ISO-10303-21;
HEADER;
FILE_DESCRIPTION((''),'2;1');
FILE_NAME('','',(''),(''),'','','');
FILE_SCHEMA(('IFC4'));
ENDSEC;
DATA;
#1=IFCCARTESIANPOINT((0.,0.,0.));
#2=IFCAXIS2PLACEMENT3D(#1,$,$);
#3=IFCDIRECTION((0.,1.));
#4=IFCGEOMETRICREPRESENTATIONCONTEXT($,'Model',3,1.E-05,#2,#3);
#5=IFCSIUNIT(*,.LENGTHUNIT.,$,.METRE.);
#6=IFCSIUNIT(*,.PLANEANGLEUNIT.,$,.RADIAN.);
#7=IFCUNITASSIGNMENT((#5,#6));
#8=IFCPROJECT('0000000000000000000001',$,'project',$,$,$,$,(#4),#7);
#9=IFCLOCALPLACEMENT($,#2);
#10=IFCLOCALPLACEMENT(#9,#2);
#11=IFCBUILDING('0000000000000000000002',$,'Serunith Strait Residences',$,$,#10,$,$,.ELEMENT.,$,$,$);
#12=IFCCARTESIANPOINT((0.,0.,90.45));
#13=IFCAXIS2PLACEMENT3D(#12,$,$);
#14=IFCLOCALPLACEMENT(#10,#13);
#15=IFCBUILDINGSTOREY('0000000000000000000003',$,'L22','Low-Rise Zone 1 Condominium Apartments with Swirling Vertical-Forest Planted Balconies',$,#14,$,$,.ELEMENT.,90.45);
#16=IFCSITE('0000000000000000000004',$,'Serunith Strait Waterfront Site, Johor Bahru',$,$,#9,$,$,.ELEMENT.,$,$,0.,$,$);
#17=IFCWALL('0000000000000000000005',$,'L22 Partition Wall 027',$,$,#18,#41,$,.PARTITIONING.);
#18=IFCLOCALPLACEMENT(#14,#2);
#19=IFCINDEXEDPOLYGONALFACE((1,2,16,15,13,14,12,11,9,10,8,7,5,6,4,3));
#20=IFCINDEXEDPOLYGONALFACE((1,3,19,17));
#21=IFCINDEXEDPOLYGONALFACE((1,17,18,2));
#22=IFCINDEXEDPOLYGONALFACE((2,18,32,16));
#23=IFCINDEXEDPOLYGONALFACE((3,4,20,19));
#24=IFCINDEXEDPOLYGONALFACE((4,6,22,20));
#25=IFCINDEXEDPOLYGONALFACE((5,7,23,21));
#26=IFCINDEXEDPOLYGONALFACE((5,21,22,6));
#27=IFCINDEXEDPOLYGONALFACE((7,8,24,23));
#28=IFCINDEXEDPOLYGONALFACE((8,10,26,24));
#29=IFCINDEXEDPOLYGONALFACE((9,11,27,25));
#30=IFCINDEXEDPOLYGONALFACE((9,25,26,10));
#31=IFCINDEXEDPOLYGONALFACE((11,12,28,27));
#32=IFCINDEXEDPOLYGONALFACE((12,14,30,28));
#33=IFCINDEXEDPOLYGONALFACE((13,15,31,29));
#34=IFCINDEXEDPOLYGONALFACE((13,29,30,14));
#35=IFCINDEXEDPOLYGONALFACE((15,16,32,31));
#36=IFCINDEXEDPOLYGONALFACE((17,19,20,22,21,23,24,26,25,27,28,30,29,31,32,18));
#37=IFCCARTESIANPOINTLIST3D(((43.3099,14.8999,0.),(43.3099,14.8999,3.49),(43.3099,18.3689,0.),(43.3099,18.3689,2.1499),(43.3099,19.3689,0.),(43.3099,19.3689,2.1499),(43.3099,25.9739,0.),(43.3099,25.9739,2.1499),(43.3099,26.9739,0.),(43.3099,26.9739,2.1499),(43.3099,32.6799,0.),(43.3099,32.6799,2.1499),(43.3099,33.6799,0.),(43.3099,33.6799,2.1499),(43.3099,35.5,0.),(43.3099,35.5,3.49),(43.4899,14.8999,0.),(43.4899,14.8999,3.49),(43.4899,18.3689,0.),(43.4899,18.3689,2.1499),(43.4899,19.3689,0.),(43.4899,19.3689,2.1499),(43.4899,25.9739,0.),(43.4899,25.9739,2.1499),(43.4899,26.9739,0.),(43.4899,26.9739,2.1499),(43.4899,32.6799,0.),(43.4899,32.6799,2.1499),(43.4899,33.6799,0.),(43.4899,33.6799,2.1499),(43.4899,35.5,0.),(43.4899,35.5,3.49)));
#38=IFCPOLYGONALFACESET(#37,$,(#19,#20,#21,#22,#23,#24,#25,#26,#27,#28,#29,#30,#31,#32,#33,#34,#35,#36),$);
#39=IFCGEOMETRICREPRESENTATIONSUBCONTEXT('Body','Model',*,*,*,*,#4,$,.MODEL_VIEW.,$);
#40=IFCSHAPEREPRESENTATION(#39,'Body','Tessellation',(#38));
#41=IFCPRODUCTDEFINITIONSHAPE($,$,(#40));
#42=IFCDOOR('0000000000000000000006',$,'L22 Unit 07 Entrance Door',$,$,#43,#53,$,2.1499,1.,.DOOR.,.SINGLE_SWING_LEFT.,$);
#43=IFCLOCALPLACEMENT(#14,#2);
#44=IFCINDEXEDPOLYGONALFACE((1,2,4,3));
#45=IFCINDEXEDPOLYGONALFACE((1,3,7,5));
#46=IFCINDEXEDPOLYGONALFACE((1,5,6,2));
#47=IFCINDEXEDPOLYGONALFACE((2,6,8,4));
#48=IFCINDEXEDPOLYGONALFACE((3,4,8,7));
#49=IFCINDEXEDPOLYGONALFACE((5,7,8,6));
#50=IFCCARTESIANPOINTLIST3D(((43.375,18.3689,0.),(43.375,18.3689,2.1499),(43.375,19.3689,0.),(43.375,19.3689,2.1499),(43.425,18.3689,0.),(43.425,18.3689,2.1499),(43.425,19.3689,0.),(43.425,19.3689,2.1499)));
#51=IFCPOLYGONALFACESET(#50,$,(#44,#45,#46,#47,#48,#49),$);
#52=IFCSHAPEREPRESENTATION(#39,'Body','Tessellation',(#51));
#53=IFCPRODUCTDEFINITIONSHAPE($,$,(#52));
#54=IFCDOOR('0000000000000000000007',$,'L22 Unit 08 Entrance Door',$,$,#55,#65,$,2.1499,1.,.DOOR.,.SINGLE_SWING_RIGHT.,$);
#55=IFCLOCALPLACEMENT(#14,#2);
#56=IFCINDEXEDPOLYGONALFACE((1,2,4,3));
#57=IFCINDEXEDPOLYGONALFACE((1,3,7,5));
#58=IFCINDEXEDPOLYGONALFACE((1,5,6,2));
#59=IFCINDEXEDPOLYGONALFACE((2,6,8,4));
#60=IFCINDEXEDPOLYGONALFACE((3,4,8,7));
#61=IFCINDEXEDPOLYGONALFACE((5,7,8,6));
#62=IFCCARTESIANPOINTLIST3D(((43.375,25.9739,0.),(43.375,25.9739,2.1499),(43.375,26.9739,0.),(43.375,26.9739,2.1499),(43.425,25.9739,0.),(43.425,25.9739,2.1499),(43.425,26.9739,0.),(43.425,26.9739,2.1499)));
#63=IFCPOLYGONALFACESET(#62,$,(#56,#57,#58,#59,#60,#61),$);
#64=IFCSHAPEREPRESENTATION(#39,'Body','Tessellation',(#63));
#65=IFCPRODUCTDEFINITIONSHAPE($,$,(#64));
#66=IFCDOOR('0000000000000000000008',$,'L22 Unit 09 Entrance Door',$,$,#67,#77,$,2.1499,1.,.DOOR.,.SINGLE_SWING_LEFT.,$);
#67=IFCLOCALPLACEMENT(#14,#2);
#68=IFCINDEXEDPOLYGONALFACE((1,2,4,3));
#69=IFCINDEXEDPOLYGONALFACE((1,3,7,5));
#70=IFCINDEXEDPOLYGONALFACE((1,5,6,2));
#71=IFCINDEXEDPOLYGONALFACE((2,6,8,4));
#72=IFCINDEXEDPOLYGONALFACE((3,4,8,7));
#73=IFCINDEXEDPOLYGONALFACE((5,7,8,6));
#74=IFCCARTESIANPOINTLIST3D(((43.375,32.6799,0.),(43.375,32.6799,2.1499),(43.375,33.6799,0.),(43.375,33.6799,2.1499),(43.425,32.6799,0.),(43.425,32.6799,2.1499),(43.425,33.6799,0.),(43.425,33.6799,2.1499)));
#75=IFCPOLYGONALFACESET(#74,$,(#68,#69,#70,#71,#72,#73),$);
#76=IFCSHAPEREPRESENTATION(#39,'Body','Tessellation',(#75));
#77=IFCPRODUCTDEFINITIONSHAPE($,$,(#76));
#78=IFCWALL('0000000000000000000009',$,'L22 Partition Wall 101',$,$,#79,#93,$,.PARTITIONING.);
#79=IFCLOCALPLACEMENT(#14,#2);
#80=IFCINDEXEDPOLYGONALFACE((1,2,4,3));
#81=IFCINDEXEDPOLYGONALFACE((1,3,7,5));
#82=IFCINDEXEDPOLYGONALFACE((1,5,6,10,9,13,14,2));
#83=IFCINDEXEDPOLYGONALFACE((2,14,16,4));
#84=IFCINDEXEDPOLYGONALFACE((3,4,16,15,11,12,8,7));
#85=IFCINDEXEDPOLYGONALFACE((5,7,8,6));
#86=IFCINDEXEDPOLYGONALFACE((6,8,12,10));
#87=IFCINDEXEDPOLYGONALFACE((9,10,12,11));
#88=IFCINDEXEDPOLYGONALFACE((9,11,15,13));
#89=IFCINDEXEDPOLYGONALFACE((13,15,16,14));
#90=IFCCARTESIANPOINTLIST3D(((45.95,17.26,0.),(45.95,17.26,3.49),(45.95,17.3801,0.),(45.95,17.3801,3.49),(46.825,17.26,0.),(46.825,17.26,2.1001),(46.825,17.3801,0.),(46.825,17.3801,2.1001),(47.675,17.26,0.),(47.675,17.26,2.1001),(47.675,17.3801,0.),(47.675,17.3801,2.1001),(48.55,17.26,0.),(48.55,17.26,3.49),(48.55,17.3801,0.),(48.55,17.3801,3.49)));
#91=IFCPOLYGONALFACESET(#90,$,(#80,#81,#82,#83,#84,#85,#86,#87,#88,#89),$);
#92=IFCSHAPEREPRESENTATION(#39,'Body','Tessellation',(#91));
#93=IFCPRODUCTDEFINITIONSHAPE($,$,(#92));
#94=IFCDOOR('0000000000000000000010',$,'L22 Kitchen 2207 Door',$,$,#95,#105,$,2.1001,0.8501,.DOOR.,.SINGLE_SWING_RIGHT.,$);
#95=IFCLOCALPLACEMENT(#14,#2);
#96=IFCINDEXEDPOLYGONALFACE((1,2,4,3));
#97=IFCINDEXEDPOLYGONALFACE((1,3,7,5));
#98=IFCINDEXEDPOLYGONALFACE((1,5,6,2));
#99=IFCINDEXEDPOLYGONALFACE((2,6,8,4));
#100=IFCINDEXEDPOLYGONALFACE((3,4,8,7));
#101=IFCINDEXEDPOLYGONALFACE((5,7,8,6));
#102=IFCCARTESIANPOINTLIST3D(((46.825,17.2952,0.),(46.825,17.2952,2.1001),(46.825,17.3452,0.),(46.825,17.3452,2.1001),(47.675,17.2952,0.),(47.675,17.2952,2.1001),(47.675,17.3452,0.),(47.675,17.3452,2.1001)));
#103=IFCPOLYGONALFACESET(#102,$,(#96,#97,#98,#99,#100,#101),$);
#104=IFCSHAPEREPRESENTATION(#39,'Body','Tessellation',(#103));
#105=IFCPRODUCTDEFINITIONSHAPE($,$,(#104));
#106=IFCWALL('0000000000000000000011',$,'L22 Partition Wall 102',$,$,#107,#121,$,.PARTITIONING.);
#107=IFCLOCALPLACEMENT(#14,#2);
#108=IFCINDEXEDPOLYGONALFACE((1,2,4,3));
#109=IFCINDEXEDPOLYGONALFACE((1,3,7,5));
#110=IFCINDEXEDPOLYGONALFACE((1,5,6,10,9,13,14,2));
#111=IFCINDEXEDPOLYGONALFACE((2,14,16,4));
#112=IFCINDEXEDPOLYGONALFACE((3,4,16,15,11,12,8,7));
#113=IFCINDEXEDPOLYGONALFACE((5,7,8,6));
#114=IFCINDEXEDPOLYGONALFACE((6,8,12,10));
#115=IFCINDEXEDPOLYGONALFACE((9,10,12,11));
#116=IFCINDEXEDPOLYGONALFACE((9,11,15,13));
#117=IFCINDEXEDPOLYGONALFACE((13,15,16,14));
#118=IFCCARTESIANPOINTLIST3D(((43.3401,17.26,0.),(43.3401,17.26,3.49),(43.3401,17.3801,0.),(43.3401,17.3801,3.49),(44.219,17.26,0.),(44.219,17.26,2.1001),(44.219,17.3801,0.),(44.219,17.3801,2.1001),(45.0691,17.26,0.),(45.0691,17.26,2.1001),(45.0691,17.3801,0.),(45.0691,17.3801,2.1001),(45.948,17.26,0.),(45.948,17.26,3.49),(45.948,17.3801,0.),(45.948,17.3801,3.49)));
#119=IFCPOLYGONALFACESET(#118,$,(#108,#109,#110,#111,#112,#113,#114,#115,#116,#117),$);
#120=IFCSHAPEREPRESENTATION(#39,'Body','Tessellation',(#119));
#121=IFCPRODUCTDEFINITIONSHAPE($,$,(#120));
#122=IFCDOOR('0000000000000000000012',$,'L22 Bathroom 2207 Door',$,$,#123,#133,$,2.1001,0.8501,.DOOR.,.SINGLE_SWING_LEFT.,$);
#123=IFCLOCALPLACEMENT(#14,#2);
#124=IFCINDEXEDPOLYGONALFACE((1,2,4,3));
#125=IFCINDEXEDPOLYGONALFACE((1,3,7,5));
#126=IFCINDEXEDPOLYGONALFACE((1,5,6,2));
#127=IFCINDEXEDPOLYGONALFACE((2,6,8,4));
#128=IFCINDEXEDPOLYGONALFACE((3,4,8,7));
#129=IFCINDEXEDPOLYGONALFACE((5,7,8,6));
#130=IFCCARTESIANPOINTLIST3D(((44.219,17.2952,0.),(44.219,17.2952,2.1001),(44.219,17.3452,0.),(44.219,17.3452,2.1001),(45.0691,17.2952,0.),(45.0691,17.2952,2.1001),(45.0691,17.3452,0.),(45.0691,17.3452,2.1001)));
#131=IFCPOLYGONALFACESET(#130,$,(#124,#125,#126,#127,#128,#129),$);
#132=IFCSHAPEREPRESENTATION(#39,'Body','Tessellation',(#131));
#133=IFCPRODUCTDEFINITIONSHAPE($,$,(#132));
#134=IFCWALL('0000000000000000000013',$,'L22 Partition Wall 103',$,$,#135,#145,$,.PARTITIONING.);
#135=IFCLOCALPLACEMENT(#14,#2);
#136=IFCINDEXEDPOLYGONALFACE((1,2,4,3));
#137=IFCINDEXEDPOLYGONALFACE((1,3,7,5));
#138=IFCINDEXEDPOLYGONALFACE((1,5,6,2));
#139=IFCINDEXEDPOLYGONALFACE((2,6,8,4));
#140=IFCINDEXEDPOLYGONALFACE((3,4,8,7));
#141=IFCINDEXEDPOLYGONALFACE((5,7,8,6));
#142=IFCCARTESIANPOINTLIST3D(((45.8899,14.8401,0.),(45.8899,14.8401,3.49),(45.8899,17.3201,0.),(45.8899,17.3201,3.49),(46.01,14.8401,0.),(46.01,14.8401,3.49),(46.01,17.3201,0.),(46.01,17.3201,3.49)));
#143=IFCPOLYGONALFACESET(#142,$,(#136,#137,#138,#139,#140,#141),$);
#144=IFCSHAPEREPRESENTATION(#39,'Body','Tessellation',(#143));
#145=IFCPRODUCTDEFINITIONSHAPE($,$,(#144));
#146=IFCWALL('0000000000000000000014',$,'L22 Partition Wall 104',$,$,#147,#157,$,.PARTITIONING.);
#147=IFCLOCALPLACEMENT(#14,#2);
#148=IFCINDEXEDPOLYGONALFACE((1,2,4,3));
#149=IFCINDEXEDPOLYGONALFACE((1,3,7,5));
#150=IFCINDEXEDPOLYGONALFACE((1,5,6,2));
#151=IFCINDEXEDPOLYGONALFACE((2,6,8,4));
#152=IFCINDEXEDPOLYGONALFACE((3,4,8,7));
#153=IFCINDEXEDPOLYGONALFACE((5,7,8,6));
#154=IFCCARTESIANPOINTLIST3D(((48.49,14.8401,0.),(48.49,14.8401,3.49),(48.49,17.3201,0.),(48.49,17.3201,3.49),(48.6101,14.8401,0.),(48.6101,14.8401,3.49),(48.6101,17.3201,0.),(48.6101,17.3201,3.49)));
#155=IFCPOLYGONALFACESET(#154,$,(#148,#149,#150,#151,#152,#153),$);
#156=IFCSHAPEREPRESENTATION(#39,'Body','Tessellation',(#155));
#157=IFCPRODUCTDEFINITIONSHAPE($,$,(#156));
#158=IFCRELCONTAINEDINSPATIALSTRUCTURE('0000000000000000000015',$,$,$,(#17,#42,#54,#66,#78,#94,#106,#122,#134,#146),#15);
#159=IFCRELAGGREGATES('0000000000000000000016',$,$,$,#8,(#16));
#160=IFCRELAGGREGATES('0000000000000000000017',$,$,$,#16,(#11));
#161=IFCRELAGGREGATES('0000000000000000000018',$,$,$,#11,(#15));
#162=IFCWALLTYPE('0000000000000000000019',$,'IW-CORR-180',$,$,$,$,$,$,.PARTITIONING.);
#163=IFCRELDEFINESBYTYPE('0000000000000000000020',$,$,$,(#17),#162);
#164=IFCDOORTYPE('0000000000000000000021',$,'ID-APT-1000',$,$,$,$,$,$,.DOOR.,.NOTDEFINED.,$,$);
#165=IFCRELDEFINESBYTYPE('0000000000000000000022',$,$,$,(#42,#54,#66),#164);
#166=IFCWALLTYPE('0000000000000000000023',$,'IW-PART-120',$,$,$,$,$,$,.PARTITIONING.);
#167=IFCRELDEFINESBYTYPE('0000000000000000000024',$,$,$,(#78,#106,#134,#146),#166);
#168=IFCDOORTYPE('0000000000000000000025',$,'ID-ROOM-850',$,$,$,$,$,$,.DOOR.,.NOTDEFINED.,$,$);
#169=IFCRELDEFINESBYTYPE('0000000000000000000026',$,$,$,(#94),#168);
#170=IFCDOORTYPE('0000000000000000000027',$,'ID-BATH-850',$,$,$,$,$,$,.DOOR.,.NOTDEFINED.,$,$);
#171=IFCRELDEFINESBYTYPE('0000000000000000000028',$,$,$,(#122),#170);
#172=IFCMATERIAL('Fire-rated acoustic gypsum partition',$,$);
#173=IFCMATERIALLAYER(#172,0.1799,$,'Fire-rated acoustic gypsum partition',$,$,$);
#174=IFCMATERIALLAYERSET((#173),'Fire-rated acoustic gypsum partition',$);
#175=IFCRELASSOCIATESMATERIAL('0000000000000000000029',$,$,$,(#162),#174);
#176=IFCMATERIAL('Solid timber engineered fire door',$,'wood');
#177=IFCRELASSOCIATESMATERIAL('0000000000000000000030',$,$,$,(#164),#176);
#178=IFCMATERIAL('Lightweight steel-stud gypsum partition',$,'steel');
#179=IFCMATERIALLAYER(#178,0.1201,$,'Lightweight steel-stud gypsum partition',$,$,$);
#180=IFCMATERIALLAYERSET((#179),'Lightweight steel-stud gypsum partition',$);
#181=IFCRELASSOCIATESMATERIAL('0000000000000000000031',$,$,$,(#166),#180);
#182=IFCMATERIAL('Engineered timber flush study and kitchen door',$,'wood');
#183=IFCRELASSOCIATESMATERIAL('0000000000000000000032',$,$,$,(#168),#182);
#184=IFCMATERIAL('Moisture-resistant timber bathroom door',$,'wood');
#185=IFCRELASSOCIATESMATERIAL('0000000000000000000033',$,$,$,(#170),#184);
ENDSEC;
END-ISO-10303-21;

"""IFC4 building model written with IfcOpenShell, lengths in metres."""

from ifc_helpers import new_model, si_unit, direction, frame, frame_2d, origin, place, context, subcontext, project, spatial, rectangle, extrude, source, transform, mapped, material, layer, layer_set, type_object, element, fill, save


model = new_model("IFC4")

# Units and contexts
model_context = context("Model", 3, precision=1e-05, world=origin(), true_north=direction((0.0, 1.0)))
body_context = subcontext(model_context, "Body", "Model", "MODEL_VIEW")
ifc_project = project(units=[si_unit("LENGTHUNIT", "METRE"), si_unit("PLANEANGLEUNIT", "RADIAN")], contexts=[model_context])

# Site, building, storey
site_placement = place(None, origin())
site = spatial("IfcSite", under=ifc_project, at=site_placement, Name="Serunith Strait Waterfront Site, Johor Bahru", CompositionType="ELEMENT", RefElevation=0.0)
building_placement = place(site_placement, origin())
building = spatial("IfcBuilding", under=site, at=building_placement, Name="Serunith Strait Residences", CompositionType="ELEMENT")
storey_placement = place(building_placement, frame((0.0, 0.0, 90.45)))
storey = spatial("IfcBuildingStorey", under=building, at=storey_placement, Name="L22", Description="Low-Rise Zone 1 Condominium Apartments with Swirling Vertical-Forest Planted Balconies", CompositionType="ELEMENT", Elevation=90.45)

# Wall, openings, doors
ifc_material_1 = material(Name="Fire-rated acoustic gypsum partition")
ifc_layer_1 = layer(ifc_material_1, 0.1799, Name="Fire-rated acoustic gypsum partition")
ifc_layer_set_1 = layer_set([ifc_layer_1], Name="Fire-rated acoustic gypsum partition")
wall_type_1 = type_object("IfcWallType", Name="IW-CORR-180", PredefinedType="PARTITIONING", material=ifc_layer_set_1)
wall_1_placement = place(storey_placement, frame((43.3999, 14.8999, 0.0), z_axis=(0.0, 0.0, 1.0), x_axis=(0.0, 1.0, 0.0)))
wall_1 = element("IfcWall", 1, at=wall_1_placement, inside=storey, type_object=wall_type_1, Name="L22 Partition Wall 027", PredefinedType="PARTITIONING", context=body_context, shape_type="SweptSolid", body=[
    extrude(rectangle(XDim=20.6001, YDim=0.1799, at=frame_2d((10.3, 0.0))), origin(), (0.0, 0.0, 1.0), 3.49),
])
opening_1_placement = place(wall_1_placement, frame((3.469, 0.0, 0.0)))
opening_1 = element("IfcOpeningElement", 2, at=opening_1_placement, cuts=wall_1, PredefinedType="OPENING", context=body_context, shape_type="SweptSolid", body=[
    extrude(rectangle(XDim=1.0, YDim=2.1499, at=frame_2d((0.5, 1.075))), frame((0.0, 0.1001, 0.0), z_axis=(0.0, -1.0, 0.0), x_axis=(1.0, 0.0, 0.0)), (0.0, 0.0, 1.0), 0.2),
])
opening_2_placement = place(wall_1_placement, frame((11.074, 0.0, 0.0)))
opening_2 = element("IfcOpeningElement", 3, at=opening_2_placement, cuts=wall_1, PredefinedType="OPENING", context=body_context, shape_type="SweptSolid", body=[
    extrude(rectangle(XDim=1.0, YDim=2.1499, at=frame_2d((0.5, 1.075))), frame((0.0, 0.1001, 0.0), z_axis=(0.0, -1.0, 0.0), x_axis=(1.0, 0.0, 0.0)), (0.0, 0.0, 1.0), 0.2),
])
opening_3_placement = place(wall_1_placement, frame((17.78, 0.0, 0.0)))
opening_3 = element("IfcOpeningElement", 4, at=opening_3_placement, cuts=wall_1, PredefinedType="OPENING", context=body_context, shape_type="SweptSolid", body=[
    extrude(rectangle(XDim=1.0, YDim=2.1499, at=frame_2d((0.5, 1.075))), frame((0.0, 0.1001, 0.0), z_axis=(0.0, -1.0, 0.0), x_axis=(1.0, 0.0, 0.0)), (0.0, 0.0, 1.0), 0.2),
])
ifc_material_2 = material(Name="Solid timber engineered fire door", Category="wood")
door_type_1 = type_object("IfcDoorType", Name="ID-APT-1000", OperationType="NOTDEFINED", PredefinedType="DOOR", material=ifc_material_2)
shared_shape_1 = source(origin(), body_context, "Body", "SweptSolid", [
    extrude(rectangle(XDim=1.0, YDim=2.1499, at=frame_2d((0.5, 1.075))), frame((0.0, 0.0249, 0.0), z_axis=(0.0, -1.0, 0.0), x_axis=(1.0, 0.0, 0.0)), (0.0, 0.0, 1.0), 0.05),
])
door_1_placement = place(opening_1_placement, origin())
door_1 = element("IfcDoor", 5, at=door_1_placement, inside=storey, type_object=door_type_1, Name="L22 Unit 07 Entrance Door", OperationType="SINGLE_SWING_LEFT", OverallHeight=2.1499, OverallWidth=1.0, PredefinedType="DOOR", context=body_context, shape_type="MappedRepresentation", body=[
    mapped(shared_shape_1, transform((0.0, 0.0, 0.0), scale=1.0)),
])
fill(opening_1, door_1)
door_2_placement = place(opening_2_placement, origin())
door_2 = element("IfcDoor", 6, at=door_2_placement, inside=storey, type_object=door_type_1, Name="L22 Unit 08 Entrance Door", OperationType="SINGLE_SWING_RIGHT", OverallHeight=2.1499, OverallWidth=1.0, PredefinedType="DOOR", context=body_context, shape_type="MappedRepresentation", body=[
    mapped(shared_shape_1, transform((0.0, 0.0, 0.0), scale=1.0)),
])
fill(opening_2, door_2)
door_3_placement = place(opening_3_placement, origin())
door_3 = element("IfcDoor", 7, at=door_3_placement, inside=storey, type_object=door_type_1, Name="L22 Unit 09 Entrance Door", OperationType="SINGLE_SWING_LEFT", OverallHeight=2.1499, OverallWidth=1.0, PredefinedType="DOOR", context=body_context, shape_type="MappedRepresentation", body=[
    mapped(shared_shape_1, transform((0.0, 0.0, 0.0), scale=1.0)),
])
fill(opening_3, door_3)

# Walls, openings, doors
ifc_material_3 = material(Name="Lightweight steel-stud gypsum partition", Category="steel")
ifc_layer_2 = layer(ifc_material_3, 0.1201, Name="Lightweight steel-stud gypsum partition")
ifc_layer_set_2 = layer_set([ifc_layer_2], Name="Lightweight steel-stud gypsum partition")
wall_type_2 = type_object("IfcWallType", Name="IW-PART-120", PredefinedType="PARTITIONING", material=ifc_layer_set_2)
wall_2_placement = place(storey_placement, frame((48.55, 17.3201, 0.0), z_axis=(0.0, 0.0, 1.0), x_axis=(-1.0, 0.0, 0.0)))
wall_2 = element("IfcWall", 8, at=wall_2_placement, inside=storey, type_object=wall_type_2, Name="L22 Partition Wall 101", PredefinedType="PARTITIONING", context=body_context, shape_type="SweptSolid", body=[
    extrude(rectangle(XDim=2.6001, YDim=0.1201, at=frame_2d((1.3, 0.0))), origin(), (0.0, 0.0, 1.0), 3.49),
])
opening_4_placement = place(wall_2_placement, frame((0.875, 0.0, 0.0)))
opening_4 = element("IfcOpeningElement", 9, at=opening_4_placement, cuts=wall_2, PredefinedType="OPENING", context=body_context, shape_type="SweptSolid", body=[
    extrude(rectangle(XDim=0.8501, YDim=2.1001, at=frame_2d((0.425, 1.05))), frame((0.0, 0.0701, 0.0), z_axis=(0.0, -1.0, 0.0), x_axis=(1.0, 0.0, 0.0)), (0.0, 0.0, 1.0), 0.1401),
])
ifc_material_4 = material(Name="Engineered timber flush study and kitchen door", Category="wood")
door_type_2 = type_object("IfcDoorType", Name="ID-ROOM-850", OperationType="NOTDEFINED", PredefinedType="DOOR", material=ifc_material_4)
shared_shape_2 = source(origin(), body_context, "Body", "SweptSolid", [
    extrude(rectangle(XDim=0.8501, YDim=2.1001, at=frame_2d((0.425, 1.05))), frame((0.0, 0.0249, 0.0), z_axis=(0.0, -1.0, 0.0), x_axis=(1.0, 0.0, 0.0)), (0.0, 0.0, 1.0), 0.05),
])
door_4_placement = place(opening_4_placement, origin())
door_4 = element("IfcDoor", 10, at=door_4_placement, inside=storey, type_object=door_type_2, Name="L22 Kitchen 2207 Door", OperationType="SINGLE_SWING_RIGHT", OverallHeight=2.1001, OverallWidth=0.8501, PredefinedType="DOOR", context=body_context, shape_type="MappedRepresentation", body=[
    mapped(shared_shape_2, transform((0.0, 0.0, 0.0), scale=1.0)),
])
fill(opening_4, door_4)
wall_3_placement = place(storey_placement, frame((45.948, 17.3201, 0.0), z_axis=(0.0, 0.0, 1.0), x_axis=(-1.0, 0.0, 0.0)))
wall_3 = element("IfcWall", 11, at=wall_3_placement, inside=storey, type_object=wall_type_2, Name="L22 Partition Wall 102", PredefinedType="PARTITIONING", context=body_context, shape_type="SweptSolid", body=[
    extrude(rectangle(XDim=2.6079, YDim=0.1201, at=frame_2d((1.304, 0.0))), origin(), (0.0, 0.0, 1.0), 3.49),
])
opening_5_placement = place(wall_3_placement, frame((0.8789, 0.0, 0.0)))
opening_5 = element("IfcOpeningElement", 12, at=opening_5_placement, cuts=wall_3, PredefinedType="OPENING", context=body_context, shape_type="SweptSolid", body=[
    extrude(rectangle(XDim=0.8501, YDim=2.1001, at=frame_2d((0.425, 1.05))), frame((0.0, 0.0701, 0.0), z_axis=(0.0, -1.0, 0.0), x_axis=(1.0, 0.0, 0.0)), (0.0, 0.0, 1.0), 0.1401),
])
ifc_material_5 = material(Name="Moisture-resistant timber bathroom door", Category="wood")
door_type_3 = type_object("IfcDoorType", Name="ID-BATH-850", OperationType="NOTDEFINED", PredefinedType="DOOR", material=ifc_material_5)
door_5_placement = place(opening_5_placement, origin())
door_5 = element("IfcDoor", 13, at=door_5_placement, inside=storey, type_object=door_type_3, Name="L22 Bathroom 2207 Door", OperationType="SINGLE_SWING_LEFT", OverallHeight=2.1001, OverallWidth=0.8501, PredefinedType="DOOR", context=body_context, shape_type="MappedRepresentation", body=[
    mapped(shared_shape_2, transform((0.0, 0.0, 0.0), scale=1.0)),
])
fill(opening_5, door_5)

# Walls
for number, where, z_axis, x_axis, name in (
    (14, (45.95, 14.8401, 0.0), (0.0, 0.0, 1.0), (0.0, 1.0, 0.0), "L22 Partition Wall 103"),
    (15, (48.55, 14.8401, 0.0), (0.0, 0.0, 1.0), (0.0, 1.0, 0.0), "L22 Partition Wall 104"),
):
    element("IfcWall", number, at=place(storey_placement, frame(where, z_axis=z_axis, x_axis=x_axis)), inside=storey, type_object=wall_type_2, Name=name, PredefinedType="PARTITIONING", context=body_context, shape_type="SweptSolid", body=[
        extrude(rectangle(XDim=2.48, YDim=0.1201, at=frame_2d((1.24, 0.0))), origin(), (0.0, 0.0, 1.0), 3.49),
    ])

save(model, "model.ifc")
